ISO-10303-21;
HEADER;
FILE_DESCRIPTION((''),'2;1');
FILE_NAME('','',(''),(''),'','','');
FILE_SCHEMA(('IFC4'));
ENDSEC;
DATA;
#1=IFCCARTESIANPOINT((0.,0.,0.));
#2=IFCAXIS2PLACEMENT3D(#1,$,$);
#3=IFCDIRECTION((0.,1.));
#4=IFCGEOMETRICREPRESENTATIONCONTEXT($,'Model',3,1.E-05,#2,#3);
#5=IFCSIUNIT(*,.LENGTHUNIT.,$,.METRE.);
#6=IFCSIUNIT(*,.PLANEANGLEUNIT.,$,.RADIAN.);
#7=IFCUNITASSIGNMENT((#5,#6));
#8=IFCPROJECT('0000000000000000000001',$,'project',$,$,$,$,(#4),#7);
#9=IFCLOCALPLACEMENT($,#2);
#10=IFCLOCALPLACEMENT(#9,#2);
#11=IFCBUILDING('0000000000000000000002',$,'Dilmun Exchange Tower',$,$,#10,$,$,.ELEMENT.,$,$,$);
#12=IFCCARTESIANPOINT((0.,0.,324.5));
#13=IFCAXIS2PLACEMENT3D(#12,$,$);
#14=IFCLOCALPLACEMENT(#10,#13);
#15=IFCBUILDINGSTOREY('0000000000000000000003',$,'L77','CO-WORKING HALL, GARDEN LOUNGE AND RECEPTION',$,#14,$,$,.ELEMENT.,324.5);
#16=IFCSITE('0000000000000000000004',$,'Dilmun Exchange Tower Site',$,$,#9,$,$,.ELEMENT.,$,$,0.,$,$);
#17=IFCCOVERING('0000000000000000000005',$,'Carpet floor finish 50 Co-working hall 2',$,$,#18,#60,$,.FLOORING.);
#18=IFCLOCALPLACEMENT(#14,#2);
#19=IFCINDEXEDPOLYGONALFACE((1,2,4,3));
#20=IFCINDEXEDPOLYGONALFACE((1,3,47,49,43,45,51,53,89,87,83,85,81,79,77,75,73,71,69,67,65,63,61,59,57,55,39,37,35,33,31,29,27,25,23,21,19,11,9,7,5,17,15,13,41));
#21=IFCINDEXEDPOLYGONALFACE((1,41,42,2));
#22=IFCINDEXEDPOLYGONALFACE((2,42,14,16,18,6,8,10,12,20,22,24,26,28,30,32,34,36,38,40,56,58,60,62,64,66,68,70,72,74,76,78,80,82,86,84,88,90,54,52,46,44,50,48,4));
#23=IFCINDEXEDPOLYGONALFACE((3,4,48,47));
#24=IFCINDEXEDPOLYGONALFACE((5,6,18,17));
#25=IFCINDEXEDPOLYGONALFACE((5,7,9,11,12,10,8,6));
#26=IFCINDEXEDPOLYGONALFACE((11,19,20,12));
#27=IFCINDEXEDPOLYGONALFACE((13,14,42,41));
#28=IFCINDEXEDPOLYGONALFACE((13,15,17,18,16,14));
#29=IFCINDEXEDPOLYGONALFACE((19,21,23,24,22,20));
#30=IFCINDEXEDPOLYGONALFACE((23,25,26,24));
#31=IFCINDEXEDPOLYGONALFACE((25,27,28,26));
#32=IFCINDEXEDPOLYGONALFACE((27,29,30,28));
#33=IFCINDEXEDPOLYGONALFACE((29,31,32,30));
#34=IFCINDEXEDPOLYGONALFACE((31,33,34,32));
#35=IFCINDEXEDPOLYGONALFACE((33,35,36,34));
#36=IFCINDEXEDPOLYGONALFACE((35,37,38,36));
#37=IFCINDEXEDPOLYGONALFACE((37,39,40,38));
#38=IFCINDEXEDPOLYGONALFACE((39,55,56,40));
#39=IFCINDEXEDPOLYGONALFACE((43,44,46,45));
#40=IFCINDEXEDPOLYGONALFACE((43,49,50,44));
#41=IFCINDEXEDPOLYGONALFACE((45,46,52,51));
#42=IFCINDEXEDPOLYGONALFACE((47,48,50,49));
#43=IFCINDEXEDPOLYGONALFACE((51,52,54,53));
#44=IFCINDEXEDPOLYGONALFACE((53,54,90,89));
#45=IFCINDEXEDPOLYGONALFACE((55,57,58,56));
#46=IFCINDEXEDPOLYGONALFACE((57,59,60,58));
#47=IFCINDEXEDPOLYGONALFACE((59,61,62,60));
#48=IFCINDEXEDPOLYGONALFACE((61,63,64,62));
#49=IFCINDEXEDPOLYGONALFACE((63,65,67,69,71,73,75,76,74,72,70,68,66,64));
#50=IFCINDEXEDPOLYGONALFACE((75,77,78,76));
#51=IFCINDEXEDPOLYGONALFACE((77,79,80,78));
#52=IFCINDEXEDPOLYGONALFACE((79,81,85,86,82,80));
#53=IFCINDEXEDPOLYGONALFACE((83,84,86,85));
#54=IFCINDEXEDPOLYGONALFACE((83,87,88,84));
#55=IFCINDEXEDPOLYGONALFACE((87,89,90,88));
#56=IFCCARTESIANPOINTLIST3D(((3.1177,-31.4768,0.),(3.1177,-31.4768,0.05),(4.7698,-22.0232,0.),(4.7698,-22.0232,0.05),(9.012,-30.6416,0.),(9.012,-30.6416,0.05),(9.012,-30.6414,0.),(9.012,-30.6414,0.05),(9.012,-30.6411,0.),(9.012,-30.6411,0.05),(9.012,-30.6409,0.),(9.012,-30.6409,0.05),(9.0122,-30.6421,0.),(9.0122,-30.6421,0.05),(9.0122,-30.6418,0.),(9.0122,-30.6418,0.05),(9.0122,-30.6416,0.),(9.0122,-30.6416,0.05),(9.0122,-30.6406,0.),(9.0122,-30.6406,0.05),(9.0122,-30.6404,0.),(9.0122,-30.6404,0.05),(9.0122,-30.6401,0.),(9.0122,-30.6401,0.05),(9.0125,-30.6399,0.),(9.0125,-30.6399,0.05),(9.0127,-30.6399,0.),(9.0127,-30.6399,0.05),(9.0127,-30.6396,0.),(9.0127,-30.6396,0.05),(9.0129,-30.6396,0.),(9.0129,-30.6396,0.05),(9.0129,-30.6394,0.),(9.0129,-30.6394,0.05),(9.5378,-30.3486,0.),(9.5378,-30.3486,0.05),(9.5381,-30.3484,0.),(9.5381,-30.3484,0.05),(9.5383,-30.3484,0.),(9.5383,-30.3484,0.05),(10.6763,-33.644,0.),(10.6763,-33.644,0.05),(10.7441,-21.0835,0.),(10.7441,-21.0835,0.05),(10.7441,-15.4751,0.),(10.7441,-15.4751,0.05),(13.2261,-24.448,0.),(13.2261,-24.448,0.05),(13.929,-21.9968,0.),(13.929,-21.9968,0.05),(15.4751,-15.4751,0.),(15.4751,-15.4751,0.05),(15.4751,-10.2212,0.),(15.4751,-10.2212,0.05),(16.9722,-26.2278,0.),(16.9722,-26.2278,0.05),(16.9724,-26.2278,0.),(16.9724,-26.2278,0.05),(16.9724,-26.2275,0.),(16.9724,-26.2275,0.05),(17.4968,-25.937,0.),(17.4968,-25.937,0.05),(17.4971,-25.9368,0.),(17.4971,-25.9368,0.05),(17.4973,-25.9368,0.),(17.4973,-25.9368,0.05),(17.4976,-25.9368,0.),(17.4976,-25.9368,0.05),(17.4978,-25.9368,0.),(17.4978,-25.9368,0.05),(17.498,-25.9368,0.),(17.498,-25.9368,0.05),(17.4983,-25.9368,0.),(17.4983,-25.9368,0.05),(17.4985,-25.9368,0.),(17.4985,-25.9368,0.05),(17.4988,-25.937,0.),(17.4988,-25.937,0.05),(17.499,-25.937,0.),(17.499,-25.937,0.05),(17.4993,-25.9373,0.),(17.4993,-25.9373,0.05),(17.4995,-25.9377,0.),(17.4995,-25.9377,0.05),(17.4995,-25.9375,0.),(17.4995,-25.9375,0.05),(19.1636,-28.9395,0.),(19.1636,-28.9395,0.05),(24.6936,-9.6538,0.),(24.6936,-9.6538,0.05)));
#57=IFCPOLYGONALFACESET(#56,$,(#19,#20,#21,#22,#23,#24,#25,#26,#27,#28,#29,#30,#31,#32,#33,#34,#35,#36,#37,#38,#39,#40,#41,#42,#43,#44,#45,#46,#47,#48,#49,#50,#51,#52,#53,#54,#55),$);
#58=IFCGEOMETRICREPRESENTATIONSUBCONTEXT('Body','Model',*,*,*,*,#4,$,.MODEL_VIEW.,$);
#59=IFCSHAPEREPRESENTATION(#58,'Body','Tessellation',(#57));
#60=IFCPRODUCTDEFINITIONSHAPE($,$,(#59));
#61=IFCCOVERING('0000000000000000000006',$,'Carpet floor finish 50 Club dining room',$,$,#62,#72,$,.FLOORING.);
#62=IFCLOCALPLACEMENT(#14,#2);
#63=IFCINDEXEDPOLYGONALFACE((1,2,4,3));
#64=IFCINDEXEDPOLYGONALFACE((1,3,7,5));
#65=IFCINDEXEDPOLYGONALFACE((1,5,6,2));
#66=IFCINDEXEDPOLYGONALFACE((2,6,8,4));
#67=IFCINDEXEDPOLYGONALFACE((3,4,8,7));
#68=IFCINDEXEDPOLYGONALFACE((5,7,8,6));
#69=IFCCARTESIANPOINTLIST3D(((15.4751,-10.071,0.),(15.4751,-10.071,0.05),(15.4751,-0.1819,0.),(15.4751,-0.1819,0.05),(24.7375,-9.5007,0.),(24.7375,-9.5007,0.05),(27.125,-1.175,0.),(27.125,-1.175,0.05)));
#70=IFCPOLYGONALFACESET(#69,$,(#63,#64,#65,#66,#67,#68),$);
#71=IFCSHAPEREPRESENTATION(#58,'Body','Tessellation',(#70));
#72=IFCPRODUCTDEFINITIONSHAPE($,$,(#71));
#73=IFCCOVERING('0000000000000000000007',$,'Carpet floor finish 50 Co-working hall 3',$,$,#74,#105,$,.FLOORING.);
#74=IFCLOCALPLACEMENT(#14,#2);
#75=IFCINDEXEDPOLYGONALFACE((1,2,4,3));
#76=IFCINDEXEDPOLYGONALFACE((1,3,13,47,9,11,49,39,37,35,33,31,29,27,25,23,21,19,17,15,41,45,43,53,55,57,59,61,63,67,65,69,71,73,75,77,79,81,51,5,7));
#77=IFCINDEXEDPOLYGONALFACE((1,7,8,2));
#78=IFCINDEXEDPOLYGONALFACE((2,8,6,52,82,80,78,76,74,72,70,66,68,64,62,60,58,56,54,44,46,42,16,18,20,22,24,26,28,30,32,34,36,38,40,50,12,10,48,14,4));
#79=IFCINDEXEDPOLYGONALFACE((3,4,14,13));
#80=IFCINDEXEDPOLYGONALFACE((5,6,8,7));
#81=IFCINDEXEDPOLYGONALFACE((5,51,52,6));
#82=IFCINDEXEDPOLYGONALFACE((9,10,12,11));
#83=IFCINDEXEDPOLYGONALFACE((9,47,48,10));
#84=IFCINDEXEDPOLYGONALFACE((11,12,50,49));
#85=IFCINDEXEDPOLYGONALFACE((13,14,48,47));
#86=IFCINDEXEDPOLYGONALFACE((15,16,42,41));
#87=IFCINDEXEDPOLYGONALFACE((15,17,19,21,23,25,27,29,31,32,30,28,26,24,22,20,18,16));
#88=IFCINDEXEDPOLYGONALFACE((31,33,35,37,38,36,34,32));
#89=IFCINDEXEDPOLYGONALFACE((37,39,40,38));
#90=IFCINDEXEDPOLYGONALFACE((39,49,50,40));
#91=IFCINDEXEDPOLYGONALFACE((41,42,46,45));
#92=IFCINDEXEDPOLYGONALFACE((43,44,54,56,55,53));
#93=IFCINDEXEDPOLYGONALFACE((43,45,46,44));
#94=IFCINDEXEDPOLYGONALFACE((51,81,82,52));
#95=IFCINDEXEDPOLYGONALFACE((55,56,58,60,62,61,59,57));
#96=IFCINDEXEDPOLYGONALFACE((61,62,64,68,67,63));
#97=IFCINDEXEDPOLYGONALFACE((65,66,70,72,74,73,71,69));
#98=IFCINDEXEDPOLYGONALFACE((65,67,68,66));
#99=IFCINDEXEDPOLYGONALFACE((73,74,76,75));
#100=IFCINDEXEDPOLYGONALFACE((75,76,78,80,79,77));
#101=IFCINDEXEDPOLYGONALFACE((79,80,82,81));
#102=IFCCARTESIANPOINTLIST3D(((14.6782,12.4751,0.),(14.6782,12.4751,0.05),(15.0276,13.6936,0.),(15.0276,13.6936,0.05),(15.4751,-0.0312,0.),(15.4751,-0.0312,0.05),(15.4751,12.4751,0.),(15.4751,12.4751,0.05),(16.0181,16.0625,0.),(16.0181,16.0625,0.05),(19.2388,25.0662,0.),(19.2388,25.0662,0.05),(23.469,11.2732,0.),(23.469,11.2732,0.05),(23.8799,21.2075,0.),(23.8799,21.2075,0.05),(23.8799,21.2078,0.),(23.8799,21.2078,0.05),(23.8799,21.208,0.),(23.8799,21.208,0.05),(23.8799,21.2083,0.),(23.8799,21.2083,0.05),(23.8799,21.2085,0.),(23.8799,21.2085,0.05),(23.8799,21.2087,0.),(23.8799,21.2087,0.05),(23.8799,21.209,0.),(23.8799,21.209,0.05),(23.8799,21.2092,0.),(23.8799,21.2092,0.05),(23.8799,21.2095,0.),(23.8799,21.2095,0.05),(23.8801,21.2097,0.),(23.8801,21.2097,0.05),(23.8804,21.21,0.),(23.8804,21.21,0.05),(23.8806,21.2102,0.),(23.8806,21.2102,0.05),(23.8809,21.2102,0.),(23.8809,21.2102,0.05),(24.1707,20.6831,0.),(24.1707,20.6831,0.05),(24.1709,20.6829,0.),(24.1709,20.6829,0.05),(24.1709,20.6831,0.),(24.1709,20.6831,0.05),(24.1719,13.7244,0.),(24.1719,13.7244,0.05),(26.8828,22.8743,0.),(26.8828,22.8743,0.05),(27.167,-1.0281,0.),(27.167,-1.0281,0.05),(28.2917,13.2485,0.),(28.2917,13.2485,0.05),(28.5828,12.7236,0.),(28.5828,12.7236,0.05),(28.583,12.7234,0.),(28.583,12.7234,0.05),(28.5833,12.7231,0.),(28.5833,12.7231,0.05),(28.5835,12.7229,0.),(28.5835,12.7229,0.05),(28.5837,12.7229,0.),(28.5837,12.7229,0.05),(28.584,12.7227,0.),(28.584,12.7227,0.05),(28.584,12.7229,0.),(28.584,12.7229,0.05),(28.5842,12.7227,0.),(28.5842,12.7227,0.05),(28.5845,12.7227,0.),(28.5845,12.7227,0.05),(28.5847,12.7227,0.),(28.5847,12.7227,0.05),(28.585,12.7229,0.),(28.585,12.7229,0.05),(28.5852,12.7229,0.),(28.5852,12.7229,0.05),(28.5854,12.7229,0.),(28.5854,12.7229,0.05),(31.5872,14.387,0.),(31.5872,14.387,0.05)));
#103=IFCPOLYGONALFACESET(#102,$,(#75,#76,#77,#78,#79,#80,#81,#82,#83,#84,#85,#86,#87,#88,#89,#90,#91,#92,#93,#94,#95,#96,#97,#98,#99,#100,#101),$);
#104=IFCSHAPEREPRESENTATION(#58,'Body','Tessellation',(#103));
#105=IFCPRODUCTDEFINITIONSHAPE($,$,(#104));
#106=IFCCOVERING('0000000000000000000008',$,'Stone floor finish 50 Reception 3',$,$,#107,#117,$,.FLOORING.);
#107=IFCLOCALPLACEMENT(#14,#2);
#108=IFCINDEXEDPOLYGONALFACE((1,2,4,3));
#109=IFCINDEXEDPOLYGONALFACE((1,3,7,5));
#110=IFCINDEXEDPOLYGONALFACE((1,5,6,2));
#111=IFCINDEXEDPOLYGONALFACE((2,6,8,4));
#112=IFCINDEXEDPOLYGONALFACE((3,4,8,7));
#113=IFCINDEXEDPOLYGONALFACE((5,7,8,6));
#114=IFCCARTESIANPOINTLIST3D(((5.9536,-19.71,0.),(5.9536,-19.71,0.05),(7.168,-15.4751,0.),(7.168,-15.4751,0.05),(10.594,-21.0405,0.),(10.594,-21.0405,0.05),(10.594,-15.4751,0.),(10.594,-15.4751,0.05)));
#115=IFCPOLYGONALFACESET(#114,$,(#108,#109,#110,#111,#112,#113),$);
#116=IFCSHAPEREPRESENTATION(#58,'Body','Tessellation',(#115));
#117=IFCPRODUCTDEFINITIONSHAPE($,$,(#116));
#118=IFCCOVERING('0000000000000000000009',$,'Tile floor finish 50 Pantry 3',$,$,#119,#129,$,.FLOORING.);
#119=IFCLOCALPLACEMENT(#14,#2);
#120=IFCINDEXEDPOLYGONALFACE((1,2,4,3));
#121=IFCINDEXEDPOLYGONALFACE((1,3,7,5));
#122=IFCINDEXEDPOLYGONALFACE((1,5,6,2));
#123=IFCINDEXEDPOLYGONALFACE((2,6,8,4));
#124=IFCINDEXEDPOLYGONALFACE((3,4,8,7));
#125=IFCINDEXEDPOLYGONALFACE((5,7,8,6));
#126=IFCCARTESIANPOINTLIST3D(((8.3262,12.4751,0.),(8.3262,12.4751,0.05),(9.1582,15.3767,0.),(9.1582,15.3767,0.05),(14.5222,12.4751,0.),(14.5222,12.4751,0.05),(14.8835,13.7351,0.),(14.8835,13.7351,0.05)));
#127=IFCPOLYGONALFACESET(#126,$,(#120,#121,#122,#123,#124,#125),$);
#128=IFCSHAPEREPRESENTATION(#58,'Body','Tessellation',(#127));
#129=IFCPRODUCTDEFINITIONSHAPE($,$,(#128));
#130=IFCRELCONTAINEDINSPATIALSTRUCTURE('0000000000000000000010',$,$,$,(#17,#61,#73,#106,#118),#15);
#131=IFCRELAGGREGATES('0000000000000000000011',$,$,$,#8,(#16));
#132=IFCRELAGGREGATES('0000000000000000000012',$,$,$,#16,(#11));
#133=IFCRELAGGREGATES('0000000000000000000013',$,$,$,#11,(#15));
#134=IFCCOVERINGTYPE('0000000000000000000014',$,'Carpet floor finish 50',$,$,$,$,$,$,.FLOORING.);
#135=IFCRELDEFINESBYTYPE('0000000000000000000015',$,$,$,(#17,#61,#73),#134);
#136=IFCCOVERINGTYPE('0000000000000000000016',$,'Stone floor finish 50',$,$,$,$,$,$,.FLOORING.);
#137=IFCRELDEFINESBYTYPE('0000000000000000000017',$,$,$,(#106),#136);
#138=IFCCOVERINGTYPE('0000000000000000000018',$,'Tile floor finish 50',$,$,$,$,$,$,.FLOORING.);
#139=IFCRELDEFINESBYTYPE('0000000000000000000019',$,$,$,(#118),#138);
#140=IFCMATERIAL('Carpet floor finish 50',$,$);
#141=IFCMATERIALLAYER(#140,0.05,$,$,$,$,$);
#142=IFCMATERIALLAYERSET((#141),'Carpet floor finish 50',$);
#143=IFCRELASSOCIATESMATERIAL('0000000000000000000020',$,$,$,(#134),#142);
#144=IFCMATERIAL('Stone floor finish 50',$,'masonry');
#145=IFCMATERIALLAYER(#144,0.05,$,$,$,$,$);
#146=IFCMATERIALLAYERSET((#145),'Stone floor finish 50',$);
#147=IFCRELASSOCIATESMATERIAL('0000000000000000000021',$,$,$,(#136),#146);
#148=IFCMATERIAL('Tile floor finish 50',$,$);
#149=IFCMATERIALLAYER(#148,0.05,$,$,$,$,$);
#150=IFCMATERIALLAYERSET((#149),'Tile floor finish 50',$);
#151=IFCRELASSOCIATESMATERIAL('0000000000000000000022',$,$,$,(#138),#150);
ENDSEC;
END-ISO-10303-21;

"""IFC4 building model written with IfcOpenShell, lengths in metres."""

from ifc_helpers import new_model, si_unit, direction, frame, origin, place, context, subcontext, project, spatial, polyline, outline, extrude, material, layer, layer_set, type_object, element, save


model = new_model("IFC4")

# Units and contexts
model_context = context("Model", 3, precision=1e-05, world=origin(), true_north=direction((0.0, 1.0)))
body_context = subcontext(model_context, "Body", "Model", "MODEL_VIEW")
ifc_project = project(units=[si_unit("LENGTHUNIT", "METRE"), si_unit("PLANEANGLEUNIT", "RADIAN")], contexts=[model_context])

# Site, building, storey
site_placement = place(None, origin())
site = spatial("IfcSite", under=ifc_project, at=site_placement, Name="Dilmun Exchange Tower Site", CompositionType="ELEMENT", RefElevation=0.0)
building_placement = place(site_placement, origin())
building = spatial("IfcBuilding", under=site, at=building_placement, Name="Dilmun Exchange Tower", CompositionType="ELEMENT")
storey_placement = place(building_placement, frame((0.0, 0.0, 324.5)))
storey = spatial("IfcBuildingStorey", under=building, at=storey_placement, Name="L77", Description="CO-WORKING HALL, GARDEN LOUNGE AND RECEPTION", CompositionType="ELEMENT", Elevation=324.5)

# Coverings
ifc_material_1 = material(Name="Carpet floor finish 50")
ifc_layer_1 = layer(ifc_material_1, 0.05)
ifc_layer_set_1 = layer_set([ifc_layer_1], Name="Carpet floor finish 50")
covering_type_1 = type_object("IfcCoveringType", Name="Carpet floor finish 50", PredefinedType="FLOORING", material=ifc_layer_set_1)
covering_1_placement = place(storey_placement, origin())
element("IfcCovering", 1, at=covering_1_placement, inside=storey, type_object=covering_type_1, Name="Carpet floor finish 50 Co-working hall 2", PredefinedType="FLOORING", context=body_context, shape_type="SweptSolid", body=[
    extrude(outline(polyline([(4.7698, -22.0232), (13.2261, -24.448), (13.929, -21.9968), (10.7441, -21.0835), (10.7441, -15.4751), (15.4751, -15.4751), (15.4751, -10.2212), (24.6936, -9.6538), (19.1636, -28.9395), (17.4995, -25.9377), (17.4995, -25.9375), (17.4995, -25.9375), (17.4993, -25.9373), (17.499, -25.937), (17.499, -25.937), (17.4988, -25.937), (17.4985, -25.9368), (17.4983, -25.9368), (17.4983, -25.9368), (17.498, -25.9368), (17.4978, -25.9368), (17.4978, -25.9368), (17.4976, -25.9368), (17.4973, -25.9368), (17.4971, -25.9368), (17.4968, -25.937), (16.9724, -26.2275), (16.9724, -26.2275), (16.9724, -26.2278), (16.9722, -26.2278), (9.5383, -30.3484), (9.5383, -30.3484), (9.5381, -30.3484), (9.5381, -30.3484), (9.5378, -30.3486), (9.0129, -30.6394), (9.0129, -30.6396), (9.0127, -30.6396), (9.0127, -30.6399), (9.0125, -30.6399), (9.0122, -30.6401), (9.0122, -30.6404), (9.0122, -30.6404), (9.0122, -30.6406), (9.012, -30.6409), (9.012, -30.6411), (9.012, -30.6414), (9.012, -30.6416), (9.0122, -30.6416), (9.0122, -30.6418), (9.0122, -30.6421), (9.0122, -30.6421), (10.6763, -33.644), (3.1177, -31.4768), (4.7698, -22.0232)])), origin(), (0.0, 0.0, 1.0), 0.05),
])
covering_2_placement = place(storey_placement, origin())
element("IfcCovering", 2, at=covering_2_placement, inside=storey, type_object=covering_type_1, Name="Carpet floor finish 50 Club dining room", PredefinedType="FLOORING", context=body_context, shape_type="SweptSolid", body=[
    extrude(outline(polyline([(15.4751, -10.071), (15.4751, -0.1819), (27.125, -1.175), (24.7375, -9.5007), (15.4751, -10.071)])), origin(), (0.0, 0.0, 1.0), 0.05),
])
covering_3_placement = place(storey_placement, origin())
element("IfcCovering", 3, at=covering_3_placement, inside=storey, type_object=covering_type_1, Name="Carpet floor finish 50 Co-working hall 3", PredefinedType="FLOORING", context=body_context, shape_type="SweptSolid", body=[
    extrude(outline(polyline([(15.0276, 13.6936), (23.469, 11.2732), (24.1719, 13.7244), (16.0181, 16.0625), (19.2388, 25.0662), (26.8828, 22.8743), (23.8809, 21.2102), (23.8806, 21.2102), (23.8806, 21.2102), (23.8804, 21.21), (23.8801, 21.2097), (23.8801, 21.2097), (23.8799, 21.2095), (23.8799, 21.2092), (23.8799, 21.209), (23.8799, 21.209), (23.8799, 21.2087), (23.8799, 21.2085), (23.8799, 21.2085), (23.8799, 21.2083), (23.8799, 21.208), (23.8799, 21.2078), (23.8799, 21.2075), (24.1707, 20.6831), (24.1707, 20.6831), (24.1709, 20.6831), (24.1709, 20.6829), (28.2917, 13.2485), (28.2917, 13.2485), (28.2917, 13.2485), (28.5828, 12.7236), (28.5828, 12.7236), (28.583, 12.7234), (28.583, 12.7234), (28.5833, 12.7231), (28.5835, 12.7229), (28.5835, 12.7229), (28.5837, 12.7229), (28.584, 12.7229), (28.584, 12.7227), (28.5842, 12.7227), (28.5845, 12.7227), (28.5847, 12.7227), (28.585, 12.7229), (28.5852, 12.7229), (28.5852, 12.7229), (28.5854, 12.7229), (31.5872, 14.387), (27.167, -1.0281), (15.4751, -0.0312), (15.4751, 12.4751), (14.6782, 12.4751), (15.0276, 13.6936)])), origin(), (0.0, 0.0, 1.0), 0.05),
])
ifc_material_2 = material(Name="Stone floor finish 50", Category="masonry")
ifc_layer_2 = layer(ifc_material_2, 0.05)
ifc_layer_set_2 = layer_set([ifc_layer_2], Name="Stone floor finish 50")
covering_type_2 = type_object("IfcCoveringType", Name="Stone floor finish 50", PredefinedType="FLOORING", material=ifc_layer_set_2)
covering_4_placement = place(storey_placement, origin())
element("IfcCovering", 4, at=covering_4_placement, inside=storey, type_object=covering_type_2, Name="Stone floor finish 50 Reception 3", PredefinedType="FLOORING", context=body_context, shape_type="SweptSolid", body=[
    extrude(outline(polyline([(10.594, -21.0405), (5.9536, -19.71), (7.168, -15.4751), (10.594, -15.4751), (10.594, -21.0405)])), origin(), (0.0, 0.0, 1.0), 0.05),
])
ifc_material_3 = material(Name="Tile floor finish 50")
ifc_layer_3 = layer(ifc_material_3, 0.05)
ifc_layer_set_3 = layer_set([ifc_layer_3], Name="Tile floor finish 50")
covering_type_3 = type_object("IfcCoveringType", Name="Tile floor finish 50", PredefinedType="FLOORING", material=ifc_layer_set_3)
covering_5_placement = place(storey_placement, origin())
element("IfcCovering", 5, at=covering_5_placement, inside=storey, type_object=covering_type_3, Name="Tile floor finish 50 Pantry 3", PredefinedType="FLOORING", context=body_context, shape_type="SweptSolid", body=[
    extrude(outline(polyline([(8.3262, 12.4751), (9.1582, 15.3767), (14.8835, 13.7351), (14.5222, 12.4751), (8.3262, 12.4751)])), origin(), (0.0, 0.0, 1.0), 0.05),
])

save(model, "model.ifc")
